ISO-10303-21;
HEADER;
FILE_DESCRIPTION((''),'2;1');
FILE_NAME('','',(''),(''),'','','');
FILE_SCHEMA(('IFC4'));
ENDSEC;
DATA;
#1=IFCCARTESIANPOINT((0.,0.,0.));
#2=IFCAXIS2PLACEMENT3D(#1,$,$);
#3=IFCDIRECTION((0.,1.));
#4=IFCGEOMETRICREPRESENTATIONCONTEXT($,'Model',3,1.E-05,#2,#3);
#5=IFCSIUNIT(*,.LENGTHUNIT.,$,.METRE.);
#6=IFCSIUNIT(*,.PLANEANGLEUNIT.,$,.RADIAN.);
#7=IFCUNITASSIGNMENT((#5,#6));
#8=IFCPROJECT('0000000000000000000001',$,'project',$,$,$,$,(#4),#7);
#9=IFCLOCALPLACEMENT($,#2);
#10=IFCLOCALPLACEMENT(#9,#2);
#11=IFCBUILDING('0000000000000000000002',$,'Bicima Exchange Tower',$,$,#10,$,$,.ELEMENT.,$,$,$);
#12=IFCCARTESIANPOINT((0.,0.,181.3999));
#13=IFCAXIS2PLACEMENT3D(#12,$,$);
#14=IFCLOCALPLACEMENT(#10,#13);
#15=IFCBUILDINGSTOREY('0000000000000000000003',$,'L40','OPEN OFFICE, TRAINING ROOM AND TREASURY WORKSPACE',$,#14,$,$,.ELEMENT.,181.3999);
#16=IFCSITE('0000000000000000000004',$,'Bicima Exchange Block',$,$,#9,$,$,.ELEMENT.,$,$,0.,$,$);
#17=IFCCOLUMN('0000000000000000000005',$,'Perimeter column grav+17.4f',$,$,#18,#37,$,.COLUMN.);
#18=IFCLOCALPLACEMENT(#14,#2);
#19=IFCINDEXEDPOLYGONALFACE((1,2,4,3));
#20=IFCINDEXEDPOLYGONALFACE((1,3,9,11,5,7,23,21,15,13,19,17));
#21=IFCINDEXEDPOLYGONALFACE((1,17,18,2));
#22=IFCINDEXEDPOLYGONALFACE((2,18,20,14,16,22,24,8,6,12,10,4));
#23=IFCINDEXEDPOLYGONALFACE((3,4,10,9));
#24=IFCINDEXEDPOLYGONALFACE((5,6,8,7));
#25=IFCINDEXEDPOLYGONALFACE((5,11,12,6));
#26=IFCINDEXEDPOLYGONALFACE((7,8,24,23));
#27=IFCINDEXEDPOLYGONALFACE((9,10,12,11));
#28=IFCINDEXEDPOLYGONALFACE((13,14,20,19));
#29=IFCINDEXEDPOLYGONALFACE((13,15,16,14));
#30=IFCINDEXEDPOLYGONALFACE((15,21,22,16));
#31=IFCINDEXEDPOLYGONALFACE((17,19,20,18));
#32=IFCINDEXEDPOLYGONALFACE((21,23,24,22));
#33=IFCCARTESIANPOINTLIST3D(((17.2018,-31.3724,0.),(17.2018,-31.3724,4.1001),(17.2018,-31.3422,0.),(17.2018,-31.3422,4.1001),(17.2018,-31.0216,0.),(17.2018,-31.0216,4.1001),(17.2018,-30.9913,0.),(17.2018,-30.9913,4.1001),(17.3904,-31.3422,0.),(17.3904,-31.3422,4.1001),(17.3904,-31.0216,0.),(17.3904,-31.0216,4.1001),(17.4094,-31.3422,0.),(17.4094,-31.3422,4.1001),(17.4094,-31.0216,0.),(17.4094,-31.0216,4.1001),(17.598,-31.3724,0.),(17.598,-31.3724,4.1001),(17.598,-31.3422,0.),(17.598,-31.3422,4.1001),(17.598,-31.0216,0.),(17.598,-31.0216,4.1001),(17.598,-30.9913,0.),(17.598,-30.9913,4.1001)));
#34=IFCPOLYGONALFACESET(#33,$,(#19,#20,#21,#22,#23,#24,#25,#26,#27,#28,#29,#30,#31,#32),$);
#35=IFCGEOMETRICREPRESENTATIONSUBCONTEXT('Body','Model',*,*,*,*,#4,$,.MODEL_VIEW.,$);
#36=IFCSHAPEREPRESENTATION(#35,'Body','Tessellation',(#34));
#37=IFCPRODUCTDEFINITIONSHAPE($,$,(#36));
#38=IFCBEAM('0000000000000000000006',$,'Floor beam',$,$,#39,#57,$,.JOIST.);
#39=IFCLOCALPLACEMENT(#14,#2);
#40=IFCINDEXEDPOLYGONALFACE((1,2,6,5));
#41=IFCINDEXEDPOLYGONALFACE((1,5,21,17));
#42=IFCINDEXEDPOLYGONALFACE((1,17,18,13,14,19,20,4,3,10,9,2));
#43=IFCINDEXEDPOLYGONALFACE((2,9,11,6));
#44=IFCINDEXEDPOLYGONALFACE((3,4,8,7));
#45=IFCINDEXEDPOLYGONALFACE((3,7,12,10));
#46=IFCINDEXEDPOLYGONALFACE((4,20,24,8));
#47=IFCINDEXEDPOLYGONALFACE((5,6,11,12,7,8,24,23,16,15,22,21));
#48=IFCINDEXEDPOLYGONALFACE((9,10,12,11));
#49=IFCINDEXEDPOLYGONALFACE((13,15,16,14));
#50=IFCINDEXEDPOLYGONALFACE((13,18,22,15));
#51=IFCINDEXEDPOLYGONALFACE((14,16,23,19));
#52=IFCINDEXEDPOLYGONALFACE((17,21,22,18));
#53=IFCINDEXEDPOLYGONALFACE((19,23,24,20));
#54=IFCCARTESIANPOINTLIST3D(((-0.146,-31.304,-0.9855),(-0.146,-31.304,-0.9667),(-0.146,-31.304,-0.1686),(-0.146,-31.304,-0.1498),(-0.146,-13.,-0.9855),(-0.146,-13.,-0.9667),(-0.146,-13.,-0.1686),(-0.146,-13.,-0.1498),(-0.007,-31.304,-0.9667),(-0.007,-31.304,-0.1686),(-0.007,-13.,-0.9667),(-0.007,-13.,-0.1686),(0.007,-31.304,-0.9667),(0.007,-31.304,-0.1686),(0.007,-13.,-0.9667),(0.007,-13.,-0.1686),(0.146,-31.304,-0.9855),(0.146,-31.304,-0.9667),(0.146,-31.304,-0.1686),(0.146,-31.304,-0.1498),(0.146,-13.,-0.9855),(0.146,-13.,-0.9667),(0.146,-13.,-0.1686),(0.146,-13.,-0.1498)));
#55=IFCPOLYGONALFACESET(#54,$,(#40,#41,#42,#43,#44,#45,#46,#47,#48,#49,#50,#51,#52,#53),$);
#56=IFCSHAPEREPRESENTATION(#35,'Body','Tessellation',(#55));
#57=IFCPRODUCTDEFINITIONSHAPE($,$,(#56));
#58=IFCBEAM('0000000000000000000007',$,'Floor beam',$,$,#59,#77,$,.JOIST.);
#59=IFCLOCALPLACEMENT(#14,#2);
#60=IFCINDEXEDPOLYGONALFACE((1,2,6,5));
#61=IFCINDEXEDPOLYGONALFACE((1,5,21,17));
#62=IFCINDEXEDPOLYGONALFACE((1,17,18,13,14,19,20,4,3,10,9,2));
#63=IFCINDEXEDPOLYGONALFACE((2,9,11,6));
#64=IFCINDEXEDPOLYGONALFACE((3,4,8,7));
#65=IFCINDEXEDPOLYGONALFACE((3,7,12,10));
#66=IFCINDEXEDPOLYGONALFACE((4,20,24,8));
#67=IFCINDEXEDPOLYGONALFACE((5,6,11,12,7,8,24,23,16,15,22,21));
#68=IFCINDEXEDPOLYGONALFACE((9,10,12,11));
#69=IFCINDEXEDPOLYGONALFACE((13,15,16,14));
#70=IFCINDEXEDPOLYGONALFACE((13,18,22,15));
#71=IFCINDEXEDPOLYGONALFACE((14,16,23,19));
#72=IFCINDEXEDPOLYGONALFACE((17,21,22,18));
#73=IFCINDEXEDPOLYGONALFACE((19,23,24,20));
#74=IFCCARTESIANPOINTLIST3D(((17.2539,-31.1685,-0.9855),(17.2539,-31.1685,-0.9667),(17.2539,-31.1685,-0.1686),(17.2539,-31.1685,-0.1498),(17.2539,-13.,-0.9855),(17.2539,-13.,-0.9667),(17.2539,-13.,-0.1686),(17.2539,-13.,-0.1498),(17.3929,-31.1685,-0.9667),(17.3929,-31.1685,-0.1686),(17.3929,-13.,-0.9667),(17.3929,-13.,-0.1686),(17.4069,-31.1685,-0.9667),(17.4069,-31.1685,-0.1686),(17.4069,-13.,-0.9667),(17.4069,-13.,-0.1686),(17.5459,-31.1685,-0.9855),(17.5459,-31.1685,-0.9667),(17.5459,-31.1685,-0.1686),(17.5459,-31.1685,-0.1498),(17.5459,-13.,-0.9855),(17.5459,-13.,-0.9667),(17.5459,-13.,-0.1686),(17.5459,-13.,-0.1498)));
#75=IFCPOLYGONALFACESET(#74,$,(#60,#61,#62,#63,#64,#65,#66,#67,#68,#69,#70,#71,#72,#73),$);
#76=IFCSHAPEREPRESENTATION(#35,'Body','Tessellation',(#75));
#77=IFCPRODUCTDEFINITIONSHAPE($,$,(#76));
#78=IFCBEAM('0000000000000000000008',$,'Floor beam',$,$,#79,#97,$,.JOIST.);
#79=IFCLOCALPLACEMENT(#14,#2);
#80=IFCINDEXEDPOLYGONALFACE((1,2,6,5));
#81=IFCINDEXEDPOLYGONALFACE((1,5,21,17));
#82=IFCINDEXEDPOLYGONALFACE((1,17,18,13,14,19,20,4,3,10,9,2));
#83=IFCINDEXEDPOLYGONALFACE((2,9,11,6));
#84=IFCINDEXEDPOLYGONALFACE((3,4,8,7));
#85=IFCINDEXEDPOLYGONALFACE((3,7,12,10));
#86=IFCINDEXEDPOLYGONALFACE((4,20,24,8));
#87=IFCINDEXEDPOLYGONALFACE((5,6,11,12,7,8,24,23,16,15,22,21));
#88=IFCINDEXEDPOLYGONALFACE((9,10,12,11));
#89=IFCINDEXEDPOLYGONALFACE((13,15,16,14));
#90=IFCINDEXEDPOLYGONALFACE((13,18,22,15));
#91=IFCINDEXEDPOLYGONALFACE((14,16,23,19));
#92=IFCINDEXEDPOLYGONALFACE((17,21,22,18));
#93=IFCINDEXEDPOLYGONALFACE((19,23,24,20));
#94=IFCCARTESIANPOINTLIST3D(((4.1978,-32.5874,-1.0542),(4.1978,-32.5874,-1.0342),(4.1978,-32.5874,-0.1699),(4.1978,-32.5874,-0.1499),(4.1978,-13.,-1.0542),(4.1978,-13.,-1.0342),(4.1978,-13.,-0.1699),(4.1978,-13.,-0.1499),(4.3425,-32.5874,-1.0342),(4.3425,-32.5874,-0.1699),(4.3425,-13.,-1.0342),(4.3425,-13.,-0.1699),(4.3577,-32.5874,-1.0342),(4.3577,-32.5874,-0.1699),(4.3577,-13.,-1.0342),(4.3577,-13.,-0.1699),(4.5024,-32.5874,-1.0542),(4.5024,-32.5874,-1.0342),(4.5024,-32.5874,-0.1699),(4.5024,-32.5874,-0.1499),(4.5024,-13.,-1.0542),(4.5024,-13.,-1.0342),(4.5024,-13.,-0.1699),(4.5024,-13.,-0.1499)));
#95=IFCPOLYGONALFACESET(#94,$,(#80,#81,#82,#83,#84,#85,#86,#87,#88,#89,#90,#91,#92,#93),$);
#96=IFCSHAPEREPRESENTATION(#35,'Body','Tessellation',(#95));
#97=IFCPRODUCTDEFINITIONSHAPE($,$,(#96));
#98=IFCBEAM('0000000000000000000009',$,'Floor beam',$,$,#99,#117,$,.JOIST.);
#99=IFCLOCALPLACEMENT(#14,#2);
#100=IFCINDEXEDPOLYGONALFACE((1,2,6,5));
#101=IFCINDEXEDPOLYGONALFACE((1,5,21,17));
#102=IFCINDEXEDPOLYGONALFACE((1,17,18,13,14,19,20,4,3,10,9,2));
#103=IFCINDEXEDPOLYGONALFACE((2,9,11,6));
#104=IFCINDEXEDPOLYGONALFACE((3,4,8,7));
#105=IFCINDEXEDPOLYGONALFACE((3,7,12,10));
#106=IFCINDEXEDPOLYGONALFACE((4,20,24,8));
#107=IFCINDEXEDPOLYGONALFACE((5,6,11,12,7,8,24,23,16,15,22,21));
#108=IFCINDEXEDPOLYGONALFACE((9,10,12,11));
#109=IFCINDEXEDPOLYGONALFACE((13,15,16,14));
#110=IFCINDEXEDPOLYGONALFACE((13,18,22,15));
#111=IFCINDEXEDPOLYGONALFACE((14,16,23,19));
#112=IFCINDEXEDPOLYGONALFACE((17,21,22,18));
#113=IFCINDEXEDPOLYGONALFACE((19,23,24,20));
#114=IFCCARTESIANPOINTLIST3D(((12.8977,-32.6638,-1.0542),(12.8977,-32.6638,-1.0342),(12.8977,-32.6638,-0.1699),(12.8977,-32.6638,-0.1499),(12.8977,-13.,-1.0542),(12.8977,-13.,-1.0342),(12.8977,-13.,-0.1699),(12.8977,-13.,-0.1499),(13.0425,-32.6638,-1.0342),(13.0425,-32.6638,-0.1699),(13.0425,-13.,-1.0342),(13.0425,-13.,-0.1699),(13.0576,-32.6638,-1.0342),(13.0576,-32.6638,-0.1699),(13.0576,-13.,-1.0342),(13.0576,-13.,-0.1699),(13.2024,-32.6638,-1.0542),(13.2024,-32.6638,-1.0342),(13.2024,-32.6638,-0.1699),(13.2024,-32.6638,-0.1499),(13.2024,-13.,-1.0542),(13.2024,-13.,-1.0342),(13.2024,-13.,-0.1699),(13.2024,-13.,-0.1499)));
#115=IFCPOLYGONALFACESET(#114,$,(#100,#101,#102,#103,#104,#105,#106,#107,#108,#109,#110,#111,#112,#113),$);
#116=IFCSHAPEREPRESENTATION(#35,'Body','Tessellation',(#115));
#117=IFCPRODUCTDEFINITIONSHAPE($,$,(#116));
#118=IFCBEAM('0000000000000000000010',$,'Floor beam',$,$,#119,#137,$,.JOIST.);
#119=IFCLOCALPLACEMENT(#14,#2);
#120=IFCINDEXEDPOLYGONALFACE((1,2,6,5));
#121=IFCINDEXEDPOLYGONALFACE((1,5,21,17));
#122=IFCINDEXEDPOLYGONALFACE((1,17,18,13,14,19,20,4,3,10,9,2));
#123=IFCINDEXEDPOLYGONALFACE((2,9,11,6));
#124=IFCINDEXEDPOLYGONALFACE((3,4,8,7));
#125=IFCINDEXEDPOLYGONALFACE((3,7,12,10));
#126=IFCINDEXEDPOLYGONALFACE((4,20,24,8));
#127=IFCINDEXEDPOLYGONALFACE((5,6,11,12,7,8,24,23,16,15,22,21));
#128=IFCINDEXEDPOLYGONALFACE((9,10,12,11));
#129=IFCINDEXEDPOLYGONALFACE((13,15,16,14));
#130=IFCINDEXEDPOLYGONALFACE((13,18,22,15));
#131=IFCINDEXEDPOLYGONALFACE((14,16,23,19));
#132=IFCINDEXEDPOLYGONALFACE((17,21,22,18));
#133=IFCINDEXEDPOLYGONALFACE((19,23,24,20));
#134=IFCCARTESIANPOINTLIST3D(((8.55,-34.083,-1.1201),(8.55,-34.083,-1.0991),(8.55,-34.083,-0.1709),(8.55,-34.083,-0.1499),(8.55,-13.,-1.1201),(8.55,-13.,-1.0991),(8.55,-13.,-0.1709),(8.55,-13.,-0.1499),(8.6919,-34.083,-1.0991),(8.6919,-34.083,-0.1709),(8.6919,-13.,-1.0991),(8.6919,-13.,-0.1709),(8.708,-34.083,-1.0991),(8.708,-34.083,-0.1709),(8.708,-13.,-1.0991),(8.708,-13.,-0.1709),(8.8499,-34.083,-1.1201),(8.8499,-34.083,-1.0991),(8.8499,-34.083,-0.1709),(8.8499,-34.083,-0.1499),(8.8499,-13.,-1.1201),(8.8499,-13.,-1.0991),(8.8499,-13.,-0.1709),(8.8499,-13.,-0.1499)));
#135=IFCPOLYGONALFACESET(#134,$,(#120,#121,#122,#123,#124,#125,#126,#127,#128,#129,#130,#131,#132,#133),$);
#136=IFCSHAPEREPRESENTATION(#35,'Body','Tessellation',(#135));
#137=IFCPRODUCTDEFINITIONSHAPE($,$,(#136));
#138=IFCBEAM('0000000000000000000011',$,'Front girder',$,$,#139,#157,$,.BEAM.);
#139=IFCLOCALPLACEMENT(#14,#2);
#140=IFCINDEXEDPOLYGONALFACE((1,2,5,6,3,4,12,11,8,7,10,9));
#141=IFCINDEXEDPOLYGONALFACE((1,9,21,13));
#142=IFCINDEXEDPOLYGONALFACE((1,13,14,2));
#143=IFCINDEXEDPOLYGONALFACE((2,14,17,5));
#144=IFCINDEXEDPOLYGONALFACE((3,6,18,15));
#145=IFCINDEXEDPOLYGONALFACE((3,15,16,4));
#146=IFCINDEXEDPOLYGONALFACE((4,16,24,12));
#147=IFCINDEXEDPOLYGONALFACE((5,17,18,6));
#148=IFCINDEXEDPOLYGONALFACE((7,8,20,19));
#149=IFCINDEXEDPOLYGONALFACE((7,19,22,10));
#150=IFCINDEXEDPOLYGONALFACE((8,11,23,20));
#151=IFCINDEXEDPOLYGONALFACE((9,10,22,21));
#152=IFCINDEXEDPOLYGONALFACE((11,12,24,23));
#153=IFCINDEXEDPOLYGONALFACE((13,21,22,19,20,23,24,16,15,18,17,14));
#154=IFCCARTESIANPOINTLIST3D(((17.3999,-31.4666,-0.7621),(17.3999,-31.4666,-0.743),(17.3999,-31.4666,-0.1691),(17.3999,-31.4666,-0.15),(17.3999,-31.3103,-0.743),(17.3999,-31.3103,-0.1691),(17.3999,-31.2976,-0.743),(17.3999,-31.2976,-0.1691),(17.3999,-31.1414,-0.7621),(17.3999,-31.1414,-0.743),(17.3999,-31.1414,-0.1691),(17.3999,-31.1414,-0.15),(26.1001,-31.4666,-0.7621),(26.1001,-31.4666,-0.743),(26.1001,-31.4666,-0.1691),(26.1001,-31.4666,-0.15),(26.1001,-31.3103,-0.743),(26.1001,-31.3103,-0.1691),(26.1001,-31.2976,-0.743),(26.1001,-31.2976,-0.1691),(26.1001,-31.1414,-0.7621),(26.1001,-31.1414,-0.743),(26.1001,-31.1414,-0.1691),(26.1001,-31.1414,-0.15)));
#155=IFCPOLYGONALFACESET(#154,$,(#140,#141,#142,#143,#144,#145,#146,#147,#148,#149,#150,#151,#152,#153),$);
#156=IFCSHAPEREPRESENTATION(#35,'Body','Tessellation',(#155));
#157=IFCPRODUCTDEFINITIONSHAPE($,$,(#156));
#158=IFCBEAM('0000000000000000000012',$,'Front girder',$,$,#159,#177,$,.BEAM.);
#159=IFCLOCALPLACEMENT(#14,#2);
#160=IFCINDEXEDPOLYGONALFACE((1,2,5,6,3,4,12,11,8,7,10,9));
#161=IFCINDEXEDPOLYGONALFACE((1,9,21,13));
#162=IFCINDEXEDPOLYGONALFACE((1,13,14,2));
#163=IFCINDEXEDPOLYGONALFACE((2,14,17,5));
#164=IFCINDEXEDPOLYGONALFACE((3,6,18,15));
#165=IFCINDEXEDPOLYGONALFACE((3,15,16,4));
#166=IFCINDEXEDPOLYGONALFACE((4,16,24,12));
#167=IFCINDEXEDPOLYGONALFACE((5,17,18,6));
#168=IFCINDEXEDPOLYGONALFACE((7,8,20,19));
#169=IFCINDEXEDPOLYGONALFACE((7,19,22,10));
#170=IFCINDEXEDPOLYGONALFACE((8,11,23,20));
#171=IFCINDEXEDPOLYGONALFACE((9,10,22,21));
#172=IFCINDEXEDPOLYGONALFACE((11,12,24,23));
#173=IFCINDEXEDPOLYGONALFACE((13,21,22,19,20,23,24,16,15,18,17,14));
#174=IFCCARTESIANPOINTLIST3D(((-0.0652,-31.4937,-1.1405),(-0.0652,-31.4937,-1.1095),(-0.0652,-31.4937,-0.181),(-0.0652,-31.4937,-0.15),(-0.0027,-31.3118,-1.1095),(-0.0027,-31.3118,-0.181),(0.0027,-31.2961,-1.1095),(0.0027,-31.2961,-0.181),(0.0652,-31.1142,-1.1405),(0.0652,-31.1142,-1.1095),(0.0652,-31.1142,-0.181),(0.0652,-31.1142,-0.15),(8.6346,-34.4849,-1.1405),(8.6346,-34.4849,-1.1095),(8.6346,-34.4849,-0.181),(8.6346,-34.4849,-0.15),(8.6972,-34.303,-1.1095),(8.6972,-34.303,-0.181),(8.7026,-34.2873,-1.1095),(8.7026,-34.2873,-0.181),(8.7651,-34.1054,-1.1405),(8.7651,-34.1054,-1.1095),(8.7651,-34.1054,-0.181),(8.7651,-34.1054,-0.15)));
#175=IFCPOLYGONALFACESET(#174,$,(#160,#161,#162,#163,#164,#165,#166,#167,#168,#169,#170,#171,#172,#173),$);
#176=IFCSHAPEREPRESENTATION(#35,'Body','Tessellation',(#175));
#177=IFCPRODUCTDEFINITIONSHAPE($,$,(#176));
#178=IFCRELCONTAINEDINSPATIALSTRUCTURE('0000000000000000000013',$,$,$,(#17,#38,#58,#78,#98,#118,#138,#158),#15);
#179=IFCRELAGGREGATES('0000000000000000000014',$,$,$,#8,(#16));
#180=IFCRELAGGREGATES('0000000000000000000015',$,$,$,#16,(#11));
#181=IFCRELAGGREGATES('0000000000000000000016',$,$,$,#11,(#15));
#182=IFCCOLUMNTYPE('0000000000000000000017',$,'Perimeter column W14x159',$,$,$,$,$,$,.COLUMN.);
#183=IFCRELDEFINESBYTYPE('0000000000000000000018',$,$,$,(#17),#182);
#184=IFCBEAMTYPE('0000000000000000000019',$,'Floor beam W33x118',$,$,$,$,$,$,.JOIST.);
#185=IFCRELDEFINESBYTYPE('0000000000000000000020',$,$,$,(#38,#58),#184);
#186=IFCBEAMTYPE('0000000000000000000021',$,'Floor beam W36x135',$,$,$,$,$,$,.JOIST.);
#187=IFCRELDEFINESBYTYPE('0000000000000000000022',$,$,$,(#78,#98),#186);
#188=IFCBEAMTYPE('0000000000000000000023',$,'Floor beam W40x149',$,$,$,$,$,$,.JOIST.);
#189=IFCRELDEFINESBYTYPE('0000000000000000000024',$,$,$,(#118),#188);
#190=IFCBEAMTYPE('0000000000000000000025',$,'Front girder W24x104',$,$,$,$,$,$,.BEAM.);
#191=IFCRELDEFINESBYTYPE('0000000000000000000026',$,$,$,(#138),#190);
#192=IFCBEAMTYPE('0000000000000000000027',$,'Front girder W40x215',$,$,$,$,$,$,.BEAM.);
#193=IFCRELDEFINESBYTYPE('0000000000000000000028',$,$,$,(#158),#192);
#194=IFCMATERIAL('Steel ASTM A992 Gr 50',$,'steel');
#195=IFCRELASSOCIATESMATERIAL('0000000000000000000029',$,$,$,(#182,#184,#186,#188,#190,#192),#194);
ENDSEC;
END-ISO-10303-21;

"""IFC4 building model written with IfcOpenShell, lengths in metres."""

from ifc_helpers import new_model, si_unit, direction, frame, origin, origin_2d, place, context, subcontext, project, spatial, i_section, extrude, material, material_profile, profile_set, type_object, element, save


model = new_model("IFC4")

# Units and contexts
model_context = context("Model", 3, precision=1e-05, world=origin(), true_north=direction((0.0, 1.0)))
body_context = subcontext(model_context, "Body", "Model", "MODEL_VIEW")
ifc_project = project(units=[si_unit("LENGTHUNIT", "METRE"), si_unit("PLANEANGLEUNIT", "RADIAN")], contexts=[model_context])

# Site, building, storey
site_placement = place(None, origin())
site = spatial("IfcSite", under=ifc_project, at=site_placement, Name="Bicima Exchange Block", CompositionType="ELEMENT", RefElevation=0.0)
building_placement = place(site_placement, origin())
building = spatial("IfcBuilding", under=site, at=building_placement, Name="Bicima Exchange Tower", CompositionType="ELEMENT")
storey_placement = place(building_placement, frame((0.0, 0.0, 181.3999)))
storey = spatial("IfcBuildingStorey", under=building, at=storey_placement, Name="L40", Description="OPEN OFFICE, TRAINING ROOM AND TREASURY WORKSPACE", CompositionType="ELEMENT", Elevation=181.3999)

# Column
ifc_material_1 = material(Name="Steel ASTM A992 Gr 50", Category="steel")
ifc_material_profile_1 = material_profile(ifc_material_1, i_section(OverallWidth=0.3962, OverallDepth=0.3811, WebThickness=0.019, FlangeThickness=0.0303, at=origin_2d()))
ifc_profile_set_1 = profile_set([ifc_material_profile_1], Name="Steel ASTM A992 Gr 50")
column_type = type_object("IfcColumnType", Name="Perimeter column W14x159", PredefinedType="COLUMN", material=ifc_profile_set_1)
column_placement = place(storey_placement, frame((17.3999, -31.1819, 0.0), z_axis=(0.0, 0.0, 1.0), x_axis=(1.0, 0.0, 0.0)))
element("IfcColumn", 1, at=column_placement, inside=storey, type_object=column_type, Name="Perimeter column grav+17.4f", PredefinedType="COLUMN", context=body_context, shape_type="SweptSolid", body=[
    extrude(i_section(OverallWidth=0.3962, OverallDepth=0.3811, WebThickness=0.019, FlangeThickness=0.0303, at=origin_2d()), origin(), (0.0, 0.0, 1.0), 4.1001),
])

# Beams
ifc_material_profile_2 = material_profile(ifc_material_1, i_section(OverallWidth=0.292, OverallDepth=0.8357, WebThickness=0.0139, FlangeThickness=0.0188, at=origin_2d()))
ifc_profile_set_2 = profile_set([ifc_material_profile_2], Name="Steel ASTM A992 Gr 50")
beam_type_1 = type_object("IfcBeamType", Name="Floor beam W33x118", PredefinedType="JOIST", material=ifc_profile_set_2)
beam_1_placement = place(storey_placement, frame((0.0, -13.0, -0.5676), z_axis=(0.0, -1.0, 0.0), x_axis=(1.0, 0.0, 0.0)))
element("IfcBeam", 2, at=beam_1_placement, inside=storey, type_object=beam_type_1, Name="Floor beam", PredefinedType="JOIST", context=body_context, shape_type="SweptSolid", body=[
    extrude(i_section(OverallWidth=0.292, OverallDepth=0.8357, WebThickness=0.0139, FlangeThickness=0.0188, at=origin_2d()), origin(), (0.0, 0.0, 1.0), 18.304),
])
beam_2_placement = place(storey_placement, frame((17.3999, -13.0, -0.5676), z_axis=(0.0, -1.0, 0.0), x_axis=(1.0, 0.0, 0.0)))
element("IfcBeam", 3, at=beam_2_placement, inside=storey, type_object=beam_type_1, Name="Floor beam", PredefinedType="JOIST", context=body_context, shape_type="SweptSolid", body=[
    extrude(i_section(OverallWidth=0.292, OverallDepth=0.8357, WebThickness=0.0139, FlangeThickness=0.0188, at=origin_2d()), origin(), (0.0, 0.0, 1.0), 18.1685),
])
ifc_material_profile_3 = material_profile(ifc_material_1, i_section(OverallWidth=0.3047, OverallDepth=0.9043, WebThickness=0.0151, FlangeThickness=0.02, at=origin_2d()))
ifc_profile_set_3 = profile_set([ifc_material_profile_3], Name="Steel ASTM A992 Gr 50")
beam_type_2 = type_object("IfcBeamType", Name="Floor beam W36x135", PredefinedType="JOIST", material=ifc_profile_set_3)
beam_3_placement = place(storey_placement, frame((4.3501, -13.0, -0.6021), z_axis=(0.0, -1.0, 0.0), x_axis=(1.0, 0.0, 0.0)))
element("IfcBeam", 4, at=beam_3_placement, inside=storey, type_object=beam_type_2, Name="Floor beam", PredefinedType="JOIST", context=body_context, shape_type="SweptSolid", body=[
    extrude(i_section(OverallWidth=0.3047, OverallDepth=0.9043, WebThickness=0.0151, FlangeThickness=0.02, at=origin_2d()), origin(), (0.0, 0.0, 1.0), 19.5874),
])
beam_4_placement = place(storey_placement, frame((13.05, -13.0, -0.6021), z_axis=(0.0, -1.0, 0.0), x_axis=(1.0, 0.0, 0.0)))
element("IfcBeam", 5, at=beam_4_placement, inside=storey, type_object=beam_type_2, Name="Floor beam", PredefinedType="JOIST", context=body_context, shape_type="SweptSolid", body=[
    extrude(i_section(OverallWidth=0.3047, OverallDepth=0.9043, WebThickness=0.0151, FlangeThickness=0.02, at=origin_2d()), origin(), (0.0, 0.0, 1.0), 19.6638),
])
ifc_material_profile_4 = material_profile(ifc_material_1, i_section(OverallWidth=0.2998, OverallDepth=0.9702, WebThickness=0.0161, FlangeThickness=0.021, at=origin_2d()))
ifc_profile_set_4 = profile_set([ifc_material_profile_4], Name="Steel ASTM A992 Gr 50")
beam_type_3 = type_object("IfcBeamType", Name="Floor beam W40x149", PredefinedType="JOIST", material=ifc_profile_set_4)
beam_5_placement = place(storey_placement, frame((8.7, -13.0, -0.635), z_axis=(0.0, -1.0, 0.0), x_axis=(1.0, 0.0, 0.0)))
element("IfcBeam", 6, at=beam_5_placement, inside=storey, type_object=beam_type_3, Name="Floor beam", PredefinedType="JOIST", context=body_context, shape_type="SweptSolid", body=[
    extrude(i_section(OverallWidth=0.2998, OverallDepth=0.9702, WebThickness=0.0161, FlangeThickness=0.021, at=origin_2d()), origin(), (0.0, 0.0, 1.0), 21.083),
])
ifc_material_profile_5 = material_profile(ifc_material_1, i_section(OverallWidth=0.3252, OverallDepth=0.6121, WebThickness=0.0127, FlangeThickness=0.019, at=origin_2d()))
ifc_profile_set_5 = profile_set([ifc_material_profile_5], Name="Steel ASTM A992 Gr 50")
beam_type_4 = type_object("IfcBeamType", Name="Front girder W24x104", PredefinedType="BEAM", material=ifc_profile_set_5)
beam_6_placement = place(storey_placement, frame((17.3999, -31.304, -0.4561), z_axis=(1.0, 0.0, 0.0), x_axis=(0.0, 1.0, 0.0)))
element("IfcBeam", 7, at=beam_6_placement, inside=storey, type_object=beam_type_4, Name="Front girder", PredefinedType="BEAM", context=body_context, shape_type="SweptSolid", body=[
    extrude(i_section(OverallWidth=0.3252, OverallDepth=0.6121, WebThickness=0.0127, FlangeThickness=0.019, at=origin_2d()), origin(), (0.0, 0.0, 1.0), 8.7002),
])
ifc_material_profile_6 = material_profile(ifc_material_1, i_section(OverallWidth=0.4014, OverallDepth=0.9905, WebThickness=0.0166, FlangeThickness=0.031, at=origin_2d()))
ifc_profile_set_6 = profile_set([ifc_material_profile_6], Name="Steel ASTM A992 Gr 50")
beam_type_5 = type_object("IfcBeamType", Name="Front girder W40x215", PredefinedType="BEAM", material=ifc_profile_set_6)
beam_7_placement = place(storey_placement, frame((0.0, -31.304, -0.6453), z_axis=(0.945666, -0.325138, 0.0), x_axis=(0.325138, 0.945666, 0.0)))
element("IfcBeam", 8, at=beam_7_placement, inside=storey, type_object=beam_type_5, Name="Front girder", PredefinedType="BEAM", context=body_context, shape_type="SweptSolid", body=[
    extrude(i_section(OverallWidth=0.4014, OverallDepth=0.9905, WebThickness=0.0166, FlangeThickness=0.031, at=origin_2d()), origin(), (0.0, 0.0, 1.0), 9.1997),
])

save(model, "model.ifc")
